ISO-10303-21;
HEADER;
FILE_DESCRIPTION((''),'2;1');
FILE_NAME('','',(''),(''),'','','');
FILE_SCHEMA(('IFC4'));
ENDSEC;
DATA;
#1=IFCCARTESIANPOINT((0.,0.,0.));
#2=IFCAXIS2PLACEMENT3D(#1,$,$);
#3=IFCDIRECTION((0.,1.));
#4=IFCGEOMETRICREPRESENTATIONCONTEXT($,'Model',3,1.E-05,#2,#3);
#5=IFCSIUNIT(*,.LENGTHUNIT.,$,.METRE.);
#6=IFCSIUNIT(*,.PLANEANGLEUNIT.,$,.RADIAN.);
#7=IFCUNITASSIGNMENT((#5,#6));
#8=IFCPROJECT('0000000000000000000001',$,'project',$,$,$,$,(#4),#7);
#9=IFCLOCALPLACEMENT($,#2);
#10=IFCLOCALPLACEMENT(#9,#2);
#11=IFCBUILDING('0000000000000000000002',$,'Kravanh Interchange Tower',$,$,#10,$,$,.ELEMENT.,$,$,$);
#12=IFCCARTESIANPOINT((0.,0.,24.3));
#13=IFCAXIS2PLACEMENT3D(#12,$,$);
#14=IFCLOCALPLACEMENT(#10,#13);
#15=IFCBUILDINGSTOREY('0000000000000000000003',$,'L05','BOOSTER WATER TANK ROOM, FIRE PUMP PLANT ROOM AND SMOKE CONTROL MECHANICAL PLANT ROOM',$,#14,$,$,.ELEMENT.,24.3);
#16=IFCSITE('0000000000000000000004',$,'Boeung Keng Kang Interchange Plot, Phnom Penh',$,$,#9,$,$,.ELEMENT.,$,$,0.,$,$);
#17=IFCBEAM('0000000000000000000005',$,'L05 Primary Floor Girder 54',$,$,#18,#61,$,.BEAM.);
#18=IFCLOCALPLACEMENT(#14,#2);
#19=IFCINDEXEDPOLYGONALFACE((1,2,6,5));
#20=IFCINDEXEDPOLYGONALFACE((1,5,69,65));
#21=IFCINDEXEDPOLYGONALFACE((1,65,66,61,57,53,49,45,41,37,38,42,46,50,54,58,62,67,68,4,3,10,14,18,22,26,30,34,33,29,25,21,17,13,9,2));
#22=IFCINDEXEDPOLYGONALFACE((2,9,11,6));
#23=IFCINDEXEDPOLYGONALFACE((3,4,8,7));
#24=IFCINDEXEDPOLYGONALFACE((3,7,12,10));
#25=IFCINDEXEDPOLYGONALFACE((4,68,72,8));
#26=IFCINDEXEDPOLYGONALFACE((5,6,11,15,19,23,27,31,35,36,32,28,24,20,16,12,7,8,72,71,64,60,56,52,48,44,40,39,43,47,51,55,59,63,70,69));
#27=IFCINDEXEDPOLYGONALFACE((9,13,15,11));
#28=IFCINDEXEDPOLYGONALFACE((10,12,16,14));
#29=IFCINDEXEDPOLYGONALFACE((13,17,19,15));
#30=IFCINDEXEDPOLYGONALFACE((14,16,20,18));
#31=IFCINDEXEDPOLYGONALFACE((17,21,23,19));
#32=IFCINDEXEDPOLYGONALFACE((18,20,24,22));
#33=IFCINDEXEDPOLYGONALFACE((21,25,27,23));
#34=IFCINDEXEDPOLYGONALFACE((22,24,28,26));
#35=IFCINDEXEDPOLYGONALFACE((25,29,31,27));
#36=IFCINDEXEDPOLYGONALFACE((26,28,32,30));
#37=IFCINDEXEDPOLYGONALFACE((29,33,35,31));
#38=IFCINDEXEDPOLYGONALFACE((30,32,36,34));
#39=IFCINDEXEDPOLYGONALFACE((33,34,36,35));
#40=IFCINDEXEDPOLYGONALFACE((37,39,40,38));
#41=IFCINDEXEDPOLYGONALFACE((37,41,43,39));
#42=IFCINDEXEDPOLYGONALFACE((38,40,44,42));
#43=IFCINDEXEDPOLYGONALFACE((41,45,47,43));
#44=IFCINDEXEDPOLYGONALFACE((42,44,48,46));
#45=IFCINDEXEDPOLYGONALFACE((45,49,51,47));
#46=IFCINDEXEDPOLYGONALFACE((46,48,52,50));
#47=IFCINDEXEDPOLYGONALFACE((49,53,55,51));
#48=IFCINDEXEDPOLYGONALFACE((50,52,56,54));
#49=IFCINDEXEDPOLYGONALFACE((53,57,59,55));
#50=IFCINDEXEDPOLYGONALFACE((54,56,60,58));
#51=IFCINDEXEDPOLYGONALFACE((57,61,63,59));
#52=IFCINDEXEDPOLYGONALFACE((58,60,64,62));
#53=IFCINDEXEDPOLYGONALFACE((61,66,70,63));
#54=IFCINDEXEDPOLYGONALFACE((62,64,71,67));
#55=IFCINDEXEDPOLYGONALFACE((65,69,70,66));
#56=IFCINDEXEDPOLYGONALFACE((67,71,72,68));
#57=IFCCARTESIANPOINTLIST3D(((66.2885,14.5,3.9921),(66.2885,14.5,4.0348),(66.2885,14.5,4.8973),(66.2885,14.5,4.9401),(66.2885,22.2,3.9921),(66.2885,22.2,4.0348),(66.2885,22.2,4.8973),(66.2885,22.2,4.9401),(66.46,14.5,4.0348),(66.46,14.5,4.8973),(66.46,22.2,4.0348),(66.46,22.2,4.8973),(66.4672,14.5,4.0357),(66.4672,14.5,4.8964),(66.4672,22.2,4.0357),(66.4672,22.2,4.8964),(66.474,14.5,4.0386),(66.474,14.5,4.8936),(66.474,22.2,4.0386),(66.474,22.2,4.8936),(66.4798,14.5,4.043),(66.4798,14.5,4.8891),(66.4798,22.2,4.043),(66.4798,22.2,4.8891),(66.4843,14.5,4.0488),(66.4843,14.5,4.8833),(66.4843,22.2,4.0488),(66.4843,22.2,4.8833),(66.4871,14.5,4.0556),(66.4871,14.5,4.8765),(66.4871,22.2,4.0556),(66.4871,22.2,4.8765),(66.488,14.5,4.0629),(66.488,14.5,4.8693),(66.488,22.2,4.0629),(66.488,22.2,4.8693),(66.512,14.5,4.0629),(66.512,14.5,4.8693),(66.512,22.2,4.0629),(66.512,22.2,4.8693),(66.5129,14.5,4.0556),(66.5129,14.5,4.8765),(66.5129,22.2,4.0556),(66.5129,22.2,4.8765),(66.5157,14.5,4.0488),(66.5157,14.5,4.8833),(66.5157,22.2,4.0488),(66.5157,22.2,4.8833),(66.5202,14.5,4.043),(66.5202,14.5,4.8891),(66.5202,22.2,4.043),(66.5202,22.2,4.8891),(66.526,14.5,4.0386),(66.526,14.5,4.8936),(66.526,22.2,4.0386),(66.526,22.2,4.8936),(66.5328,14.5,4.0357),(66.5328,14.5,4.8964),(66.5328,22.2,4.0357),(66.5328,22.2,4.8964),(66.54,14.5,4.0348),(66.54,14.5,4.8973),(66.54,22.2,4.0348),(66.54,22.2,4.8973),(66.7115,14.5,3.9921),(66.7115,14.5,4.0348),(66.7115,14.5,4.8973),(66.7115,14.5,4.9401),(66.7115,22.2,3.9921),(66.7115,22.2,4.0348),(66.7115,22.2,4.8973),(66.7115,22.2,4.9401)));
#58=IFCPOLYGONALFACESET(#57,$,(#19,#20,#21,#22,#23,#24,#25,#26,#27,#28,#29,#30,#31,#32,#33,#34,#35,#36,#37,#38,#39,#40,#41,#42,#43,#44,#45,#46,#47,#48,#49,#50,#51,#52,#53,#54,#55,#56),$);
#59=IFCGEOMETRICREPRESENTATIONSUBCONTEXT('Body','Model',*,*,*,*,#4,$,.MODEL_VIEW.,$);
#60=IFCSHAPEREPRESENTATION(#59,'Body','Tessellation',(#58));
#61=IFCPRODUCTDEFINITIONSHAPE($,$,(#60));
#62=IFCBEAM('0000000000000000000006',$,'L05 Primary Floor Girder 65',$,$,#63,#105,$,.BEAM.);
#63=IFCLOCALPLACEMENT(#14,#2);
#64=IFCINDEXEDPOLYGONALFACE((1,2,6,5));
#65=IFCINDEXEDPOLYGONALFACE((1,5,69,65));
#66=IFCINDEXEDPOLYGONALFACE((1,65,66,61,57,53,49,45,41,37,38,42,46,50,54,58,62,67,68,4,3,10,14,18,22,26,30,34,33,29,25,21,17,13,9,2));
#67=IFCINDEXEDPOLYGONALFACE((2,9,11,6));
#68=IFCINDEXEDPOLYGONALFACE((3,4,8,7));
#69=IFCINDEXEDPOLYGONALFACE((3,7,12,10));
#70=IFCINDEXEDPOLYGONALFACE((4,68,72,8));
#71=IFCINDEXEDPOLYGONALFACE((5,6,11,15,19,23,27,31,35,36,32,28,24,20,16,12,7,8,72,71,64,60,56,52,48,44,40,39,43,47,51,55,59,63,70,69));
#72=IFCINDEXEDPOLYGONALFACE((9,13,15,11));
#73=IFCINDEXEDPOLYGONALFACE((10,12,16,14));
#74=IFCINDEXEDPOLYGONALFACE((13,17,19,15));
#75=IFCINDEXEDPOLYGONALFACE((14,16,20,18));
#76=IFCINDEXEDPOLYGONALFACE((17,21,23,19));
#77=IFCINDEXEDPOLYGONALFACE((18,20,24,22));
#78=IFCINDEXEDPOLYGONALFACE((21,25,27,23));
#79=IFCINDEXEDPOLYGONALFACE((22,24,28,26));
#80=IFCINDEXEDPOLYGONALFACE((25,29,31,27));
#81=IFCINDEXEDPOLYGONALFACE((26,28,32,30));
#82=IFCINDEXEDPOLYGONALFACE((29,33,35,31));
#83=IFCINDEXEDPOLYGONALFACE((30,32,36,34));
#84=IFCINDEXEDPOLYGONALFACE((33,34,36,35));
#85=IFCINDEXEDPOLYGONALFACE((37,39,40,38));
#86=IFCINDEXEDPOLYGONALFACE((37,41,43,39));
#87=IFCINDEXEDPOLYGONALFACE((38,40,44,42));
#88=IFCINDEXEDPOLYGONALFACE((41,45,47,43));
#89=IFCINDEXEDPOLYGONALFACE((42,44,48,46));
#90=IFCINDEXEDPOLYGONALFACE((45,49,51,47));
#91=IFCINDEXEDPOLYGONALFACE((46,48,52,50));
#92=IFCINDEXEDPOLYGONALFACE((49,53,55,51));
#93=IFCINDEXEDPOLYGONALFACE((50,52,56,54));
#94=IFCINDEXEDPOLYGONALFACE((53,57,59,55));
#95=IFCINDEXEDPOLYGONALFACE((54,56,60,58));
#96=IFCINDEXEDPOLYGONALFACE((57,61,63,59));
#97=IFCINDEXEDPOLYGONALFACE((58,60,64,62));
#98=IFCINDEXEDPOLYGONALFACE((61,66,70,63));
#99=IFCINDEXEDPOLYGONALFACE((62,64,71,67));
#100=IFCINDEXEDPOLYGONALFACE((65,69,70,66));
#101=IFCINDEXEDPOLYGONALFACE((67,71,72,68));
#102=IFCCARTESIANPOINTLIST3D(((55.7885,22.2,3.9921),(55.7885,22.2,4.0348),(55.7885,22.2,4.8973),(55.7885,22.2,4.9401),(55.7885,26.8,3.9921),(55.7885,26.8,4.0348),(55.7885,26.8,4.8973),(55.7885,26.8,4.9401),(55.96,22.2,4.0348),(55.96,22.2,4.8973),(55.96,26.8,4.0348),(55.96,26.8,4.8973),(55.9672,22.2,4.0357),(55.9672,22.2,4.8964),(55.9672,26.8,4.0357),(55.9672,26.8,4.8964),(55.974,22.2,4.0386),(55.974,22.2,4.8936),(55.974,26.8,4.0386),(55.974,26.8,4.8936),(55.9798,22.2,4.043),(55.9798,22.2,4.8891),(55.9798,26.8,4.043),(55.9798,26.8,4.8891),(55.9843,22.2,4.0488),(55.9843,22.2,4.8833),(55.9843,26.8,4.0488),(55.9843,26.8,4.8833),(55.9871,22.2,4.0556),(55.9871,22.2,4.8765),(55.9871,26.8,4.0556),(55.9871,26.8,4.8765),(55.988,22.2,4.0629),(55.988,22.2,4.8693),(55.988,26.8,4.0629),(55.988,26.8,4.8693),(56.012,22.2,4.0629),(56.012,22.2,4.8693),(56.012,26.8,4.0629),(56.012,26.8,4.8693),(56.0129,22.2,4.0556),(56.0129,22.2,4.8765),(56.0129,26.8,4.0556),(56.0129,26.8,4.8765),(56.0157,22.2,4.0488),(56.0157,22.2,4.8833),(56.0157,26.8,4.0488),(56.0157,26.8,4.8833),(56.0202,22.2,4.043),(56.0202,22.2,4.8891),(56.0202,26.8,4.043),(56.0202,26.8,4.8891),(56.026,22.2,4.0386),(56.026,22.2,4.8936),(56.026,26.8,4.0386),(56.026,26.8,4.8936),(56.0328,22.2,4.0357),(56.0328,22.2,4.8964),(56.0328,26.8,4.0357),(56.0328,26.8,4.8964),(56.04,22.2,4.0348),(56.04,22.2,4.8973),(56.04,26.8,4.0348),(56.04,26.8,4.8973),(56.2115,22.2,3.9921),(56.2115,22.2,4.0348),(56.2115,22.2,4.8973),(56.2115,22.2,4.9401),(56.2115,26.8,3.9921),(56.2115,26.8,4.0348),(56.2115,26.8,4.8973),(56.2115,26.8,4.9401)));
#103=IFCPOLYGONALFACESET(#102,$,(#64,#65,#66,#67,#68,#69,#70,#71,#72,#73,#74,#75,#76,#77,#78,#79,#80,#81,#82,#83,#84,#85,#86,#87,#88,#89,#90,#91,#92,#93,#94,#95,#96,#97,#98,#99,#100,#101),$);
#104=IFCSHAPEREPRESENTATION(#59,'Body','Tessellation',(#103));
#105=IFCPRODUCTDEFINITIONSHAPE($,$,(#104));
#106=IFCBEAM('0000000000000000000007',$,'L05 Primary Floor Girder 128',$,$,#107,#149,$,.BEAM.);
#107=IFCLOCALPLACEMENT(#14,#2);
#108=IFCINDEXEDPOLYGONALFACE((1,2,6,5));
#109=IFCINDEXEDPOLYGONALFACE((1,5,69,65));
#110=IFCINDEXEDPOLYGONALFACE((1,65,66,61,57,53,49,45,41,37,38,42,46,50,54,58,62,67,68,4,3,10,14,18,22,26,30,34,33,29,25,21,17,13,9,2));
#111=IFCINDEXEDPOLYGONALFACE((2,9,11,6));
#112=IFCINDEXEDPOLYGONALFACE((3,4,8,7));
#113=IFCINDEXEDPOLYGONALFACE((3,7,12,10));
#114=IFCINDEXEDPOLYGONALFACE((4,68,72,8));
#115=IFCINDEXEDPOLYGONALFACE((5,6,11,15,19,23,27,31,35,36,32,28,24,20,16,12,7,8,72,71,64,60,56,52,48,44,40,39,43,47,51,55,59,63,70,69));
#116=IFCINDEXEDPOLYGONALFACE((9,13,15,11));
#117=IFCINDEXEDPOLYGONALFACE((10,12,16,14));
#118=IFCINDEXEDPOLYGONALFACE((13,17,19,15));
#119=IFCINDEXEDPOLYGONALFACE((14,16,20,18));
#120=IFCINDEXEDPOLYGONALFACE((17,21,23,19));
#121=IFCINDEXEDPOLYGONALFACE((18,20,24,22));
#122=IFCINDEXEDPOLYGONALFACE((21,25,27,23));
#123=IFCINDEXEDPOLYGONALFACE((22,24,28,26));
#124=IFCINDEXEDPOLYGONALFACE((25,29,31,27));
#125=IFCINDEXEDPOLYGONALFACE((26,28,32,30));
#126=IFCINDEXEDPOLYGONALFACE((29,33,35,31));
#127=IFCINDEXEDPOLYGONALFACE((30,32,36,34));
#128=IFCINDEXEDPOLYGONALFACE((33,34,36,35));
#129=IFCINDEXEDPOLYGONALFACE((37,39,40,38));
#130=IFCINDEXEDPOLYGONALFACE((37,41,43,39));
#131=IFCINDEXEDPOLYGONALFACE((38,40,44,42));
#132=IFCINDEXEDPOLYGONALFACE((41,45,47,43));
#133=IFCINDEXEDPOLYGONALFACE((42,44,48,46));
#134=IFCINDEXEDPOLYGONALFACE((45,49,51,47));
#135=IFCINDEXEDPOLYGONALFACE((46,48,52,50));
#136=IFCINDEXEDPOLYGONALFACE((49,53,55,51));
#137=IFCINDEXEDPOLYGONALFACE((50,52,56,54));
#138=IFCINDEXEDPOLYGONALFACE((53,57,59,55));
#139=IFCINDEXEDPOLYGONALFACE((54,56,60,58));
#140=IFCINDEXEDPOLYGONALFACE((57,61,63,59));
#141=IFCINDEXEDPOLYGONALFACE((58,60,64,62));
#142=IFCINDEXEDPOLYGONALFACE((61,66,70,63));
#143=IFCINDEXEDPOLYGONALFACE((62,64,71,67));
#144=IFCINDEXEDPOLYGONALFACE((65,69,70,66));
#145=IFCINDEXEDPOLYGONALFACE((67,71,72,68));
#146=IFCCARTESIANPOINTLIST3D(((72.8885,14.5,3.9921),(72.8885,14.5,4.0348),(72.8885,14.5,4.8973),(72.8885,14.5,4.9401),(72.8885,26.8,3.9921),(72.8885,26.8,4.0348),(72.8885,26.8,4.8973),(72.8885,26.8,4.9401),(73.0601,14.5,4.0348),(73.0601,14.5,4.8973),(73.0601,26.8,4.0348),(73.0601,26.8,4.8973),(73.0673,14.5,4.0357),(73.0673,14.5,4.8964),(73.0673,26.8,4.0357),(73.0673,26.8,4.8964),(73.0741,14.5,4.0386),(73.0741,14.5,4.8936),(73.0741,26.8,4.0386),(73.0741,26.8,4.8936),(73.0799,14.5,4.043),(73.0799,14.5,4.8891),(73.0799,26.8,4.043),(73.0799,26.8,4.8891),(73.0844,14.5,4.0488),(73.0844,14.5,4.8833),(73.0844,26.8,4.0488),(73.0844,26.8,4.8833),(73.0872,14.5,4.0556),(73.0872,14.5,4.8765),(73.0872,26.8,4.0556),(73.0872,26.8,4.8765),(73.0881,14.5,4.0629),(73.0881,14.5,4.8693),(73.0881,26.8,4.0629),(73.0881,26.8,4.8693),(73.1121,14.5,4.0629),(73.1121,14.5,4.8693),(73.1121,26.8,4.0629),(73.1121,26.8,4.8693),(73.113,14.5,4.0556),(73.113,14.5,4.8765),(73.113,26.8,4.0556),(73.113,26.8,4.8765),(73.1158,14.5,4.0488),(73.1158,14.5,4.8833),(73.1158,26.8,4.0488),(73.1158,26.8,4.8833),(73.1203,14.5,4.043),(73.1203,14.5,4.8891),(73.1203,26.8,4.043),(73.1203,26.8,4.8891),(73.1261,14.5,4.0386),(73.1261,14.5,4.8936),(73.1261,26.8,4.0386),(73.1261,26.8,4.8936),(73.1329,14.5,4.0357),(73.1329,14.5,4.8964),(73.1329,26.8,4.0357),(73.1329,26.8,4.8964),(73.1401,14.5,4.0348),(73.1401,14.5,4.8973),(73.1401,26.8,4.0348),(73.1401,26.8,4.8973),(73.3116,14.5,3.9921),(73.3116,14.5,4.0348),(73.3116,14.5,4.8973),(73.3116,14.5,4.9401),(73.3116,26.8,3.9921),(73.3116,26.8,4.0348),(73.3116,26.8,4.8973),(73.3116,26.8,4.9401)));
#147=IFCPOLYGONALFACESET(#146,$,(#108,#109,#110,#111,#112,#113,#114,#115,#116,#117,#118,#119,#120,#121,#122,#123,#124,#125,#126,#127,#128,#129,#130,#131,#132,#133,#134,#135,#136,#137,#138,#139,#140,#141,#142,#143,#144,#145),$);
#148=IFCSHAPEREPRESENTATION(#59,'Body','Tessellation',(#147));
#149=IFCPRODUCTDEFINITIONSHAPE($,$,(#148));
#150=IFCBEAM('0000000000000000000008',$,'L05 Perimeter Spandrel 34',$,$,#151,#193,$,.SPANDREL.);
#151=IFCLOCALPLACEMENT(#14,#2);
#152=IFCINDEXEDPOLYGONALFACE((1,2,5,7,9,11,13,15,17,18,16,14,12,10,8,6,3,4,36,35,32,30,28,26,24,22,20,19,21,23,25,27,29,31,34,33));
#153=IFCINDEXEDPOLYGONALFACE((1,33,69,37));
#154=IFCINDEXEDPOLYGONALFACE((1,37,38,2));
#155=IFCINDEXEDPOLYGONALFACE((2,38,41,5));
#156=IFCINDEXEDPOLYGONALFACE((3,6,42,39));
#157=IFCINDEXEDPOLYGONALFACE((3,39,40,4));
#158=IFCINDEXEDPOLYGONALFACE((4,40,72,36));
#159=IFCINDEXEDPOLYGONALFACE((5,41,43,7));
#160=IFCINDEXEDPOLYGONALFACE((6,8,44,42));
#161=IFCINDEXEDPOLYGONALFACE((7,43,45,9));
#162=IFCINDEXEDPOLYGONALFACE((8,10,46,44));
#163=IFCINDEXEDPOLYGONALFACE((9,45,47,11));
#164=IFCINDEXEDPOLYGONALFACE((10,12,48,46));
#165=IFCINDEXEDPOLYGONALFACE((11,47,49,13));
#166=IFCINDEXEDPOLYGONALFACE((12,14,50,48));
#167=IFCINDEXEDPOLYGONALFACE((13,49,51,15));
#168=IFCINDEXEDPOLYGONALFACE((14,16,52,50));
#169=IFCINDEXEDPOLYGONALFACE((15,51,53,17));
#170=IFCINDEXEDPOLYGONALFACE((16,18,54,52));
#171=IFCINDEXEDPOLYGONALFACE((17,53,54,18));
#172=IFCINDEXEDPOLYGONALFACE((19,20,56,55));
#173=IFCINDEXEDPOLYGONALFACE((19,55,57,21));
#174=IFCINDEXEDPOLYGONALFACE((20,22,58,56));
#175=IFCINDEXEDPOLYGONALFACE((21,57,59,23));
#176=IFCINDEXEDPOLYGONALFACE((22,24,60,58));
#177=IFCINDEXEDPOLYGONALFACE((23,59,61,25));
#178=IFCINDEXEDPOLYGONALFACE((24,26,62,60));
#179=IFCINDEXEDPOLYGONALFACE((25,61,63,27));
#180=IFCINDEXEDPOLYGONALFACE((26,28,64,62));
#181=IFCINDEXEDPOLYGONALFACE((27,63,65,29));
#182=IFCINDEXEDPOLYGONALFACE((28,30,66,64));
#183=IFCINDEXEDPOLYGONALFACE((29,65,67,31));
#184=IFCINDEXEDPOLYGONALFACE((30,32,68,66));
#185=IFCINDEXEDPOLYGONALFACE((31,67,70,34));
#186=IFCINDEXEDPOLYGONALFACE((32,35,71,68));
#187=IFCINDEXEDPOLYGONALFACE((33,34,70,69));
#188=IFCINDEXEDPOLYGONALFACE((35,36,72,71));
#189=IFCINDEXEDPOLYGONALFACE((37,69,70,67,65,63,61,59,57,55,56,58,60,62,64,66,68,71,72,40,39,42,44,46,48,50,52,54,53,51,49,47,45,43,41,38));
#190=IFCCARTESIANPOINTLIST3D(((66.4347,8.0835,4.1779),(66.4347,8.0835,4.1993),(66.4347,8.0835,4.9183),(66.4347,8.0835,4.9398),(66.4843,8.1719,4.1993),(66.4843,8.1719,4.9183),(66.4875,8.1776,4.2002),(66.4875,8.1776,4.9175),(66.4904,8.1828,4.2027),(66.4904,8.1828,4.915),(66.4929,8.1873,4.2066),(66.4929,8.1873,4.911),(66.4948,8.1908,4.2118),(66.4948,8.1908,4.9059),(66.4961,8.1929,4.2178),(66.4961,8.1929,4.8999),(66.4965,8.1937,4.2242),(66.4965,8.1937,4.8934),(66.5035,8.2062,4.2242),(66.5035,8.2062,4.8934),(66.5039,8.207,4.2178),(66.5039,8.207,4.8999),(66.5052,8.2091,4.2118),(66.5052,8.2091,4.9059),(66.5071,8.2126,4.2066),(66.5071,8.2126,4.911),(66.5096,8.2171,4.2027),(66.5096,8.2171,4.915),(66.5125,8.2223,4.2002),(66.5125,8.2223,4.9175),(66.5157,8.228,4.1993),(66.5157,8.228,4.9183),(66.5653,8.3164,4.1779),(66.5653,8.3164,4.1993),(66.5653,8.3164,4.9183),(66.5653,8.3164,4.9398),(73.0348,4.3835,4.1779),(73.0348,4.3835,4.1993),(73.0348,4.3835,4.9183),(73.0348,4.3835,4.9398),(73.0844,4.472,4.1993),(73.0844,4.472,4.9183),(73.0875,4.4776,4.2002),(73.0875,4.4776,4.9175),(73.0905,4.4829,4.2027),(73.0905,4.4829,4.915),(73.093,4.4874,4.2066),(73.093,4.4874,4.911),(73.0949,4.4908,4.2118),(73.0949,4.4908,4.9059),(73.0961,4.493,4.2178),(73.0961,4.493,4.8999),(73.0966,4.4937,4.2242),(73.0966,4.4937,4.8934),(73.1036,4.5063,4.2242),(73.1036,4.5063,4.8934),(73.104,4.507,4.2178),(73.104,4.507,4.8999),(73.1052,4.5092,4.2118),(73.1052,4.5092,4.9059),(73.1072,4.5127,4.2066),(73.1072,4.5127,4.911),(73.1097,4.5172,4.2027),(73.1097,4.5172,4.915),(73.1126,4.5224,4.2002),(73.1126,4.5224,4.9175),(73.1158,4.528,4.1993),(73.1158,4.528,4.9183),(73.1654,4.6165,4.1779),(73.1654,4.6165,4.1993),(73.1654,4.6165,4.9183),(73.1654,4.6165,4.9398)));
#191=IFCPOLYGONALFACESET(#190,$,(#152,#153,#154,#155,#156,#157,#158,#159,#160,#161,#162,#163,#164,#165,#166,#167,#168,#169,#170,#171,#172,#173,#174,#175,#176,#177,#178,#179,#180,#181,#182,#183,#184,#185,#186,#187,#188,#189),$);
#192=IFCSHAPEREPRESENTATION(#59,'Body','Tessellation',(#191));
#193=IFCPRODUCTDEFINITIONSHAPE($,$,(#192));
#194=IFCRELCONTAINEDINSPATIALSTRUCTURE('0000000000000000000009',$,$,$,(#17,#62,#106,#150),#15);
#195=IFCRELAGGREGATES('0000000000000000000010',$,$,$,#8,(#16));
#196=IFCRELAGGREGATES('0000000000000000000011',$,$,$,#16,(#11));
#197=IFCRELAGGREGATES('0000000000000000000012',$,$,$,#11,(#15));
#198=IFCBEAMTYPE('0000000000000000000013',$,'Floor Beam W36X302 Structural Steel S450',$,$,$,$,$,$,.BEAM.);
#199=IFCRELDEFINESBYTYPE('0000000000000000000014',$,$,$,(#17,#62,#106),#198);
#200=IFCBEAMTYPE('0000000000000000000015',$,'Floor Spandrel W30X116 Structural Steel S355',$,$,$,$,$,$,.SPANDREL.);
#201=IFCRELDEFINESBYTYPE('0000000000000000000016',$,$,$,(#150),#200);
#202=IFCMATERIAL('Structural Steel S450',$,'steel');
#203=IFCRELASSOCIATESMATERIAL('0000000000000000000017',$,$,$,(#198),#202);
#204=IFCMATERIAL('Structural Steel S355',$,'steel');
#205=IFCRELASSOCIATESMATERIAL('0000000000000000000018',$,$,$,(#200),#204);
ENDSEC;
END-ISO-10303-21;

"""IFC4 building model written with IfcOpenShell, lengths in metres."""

from ifc_helpers import new_model, si_unit, direction, frame, origin, origin_2d, place, context, subcontext, project, spatial, i_section, extrude, material, material_profile, profile_set, type_object, element, save


model = new_model("IFC4")

# Units and contexts
model_context = context("Model", 3, precision=1e-05, world=origin(), true_north=direction((0.0, 1.0)))
body_context = subcontext(model_context, "Body", "Model", "MODEL_VIEW")
ifc_project = project(units=[si_unit("LENGTHUNIT", "METRE"), si_unit("PLANEANGLEUNIT", "RADIAN")], contexts=[model_context])

# Site, building, storey
site_placement = place(None, origin())
site = spatial("IfcSite", under=ifc_project, at=site_placement, Name="Boeung Keng Kang Interchange Plot, Phnom Penh", CompositionType="ELEMENT", RefElevation=0.0)
building_placement = place(site_placement, origin())
building = spatial("IfcBuilding", under=site, at=building_placement, Name="Kravanh Interchange Tower", CompositionType="ELEMENT")
storey_placement = place(building_placement, frame((0.0, 0.0, 24.3)))
storey = spatial("IfcBuildingStorey", under=building, at=storey_placement, Name="L05", Description="BOOSTER WATER TANK ROOM, FIRE PUMP PLANT ROOM AND SMOKE CONTROL MECHANICAL PLANT ROOM", CompositionType="ELEMENT", Elevation=24.3)

# Beams
ifc_material_1 = material(Name="Structural Steel S450", Category="steel")
ifc_material_profile_1 = material_profile(ifc_material_1, i_section(OverallWidth=0.4231, OverallDepth=0.948, WebThickness=0.0239, FlangeThickness=0.0427, FilletRadius=0.0281, at=origin_2d()), Name="W36X302")
ifc_profile_set_1 = profile_set([ifc_material_profile_1], Name="Structural Steel S450")
beam_type_1 = type_object("IfcBeamType", Name="Floor Beam W36X302 Structural Steel S450", PredefinedType="BEAM", material=ifc_profile_set_1)
beam_1_placement = place(storey_placement, frame((66.5, 14.5, 4.4661), z_axis=(0.0, 1.0, 0.0), x_axis=(-1.0, 0.0, 0.0)))
element("IfcBeam", 1, at=beam_1_placement, inside=storey, type_object=beam_type_1, Name="L05 Primary Floor Girder 54", PredefinedType="BEAM", context=body_context, shape_type="SweptSolid", body=[
    extrude(i_section(OverallWidth=0.4231, OverallDepth=0.948, WebThickness=0.0239, FlangeThickness=0.0427, FilletRadius=0.0281, at=origin_2d()), origin(), (0.0, 0.0, 1.0), 7.7),
])
beam_2_placement = place(storey_placement, frame((56.0, 22.2, 4.4661), z_axis=(0.0, 1.0, 0.0), x_axis=(-1.0, 0.0, 0.0)))
element("IfcBeam", 2, at=beam_2_placement, inside=storey, type_object=beam_type_1, Name="L05 Primary Floor Girder 65", PredefinedType="BEAM", context=body_context, shape_type="SweptSolid", body=[
    extrude(i_section(OverallWidth=0.4231, OverallDepth=0.948, WebThickness=0.0239, FlangeThickness=0.0427, FilletRadius=0.0281, at=origin_2d()), origin(), (0.0, 0.0, 1.0), 4.6001),
])
beam_3_placement = place(storey_placement, frame((73.1001, 14.5, 4.4661), z_axis=(0.0, 1.0, 0.0), x_axis=(-1.0, 0.0, 0.0)))
element("IfcBeam", 3, at=beam_3_placement, inside=storey, type_object=beam_type_1, Name="L05 Primary Floor Girder 128", PredefinedType="BEAM", context=body_context, shape_type="SweptSolid", body=[
    extrude(i_section(OverallWidth=0.4231, OverallDepth=0.948, WebThickness=0.0239, FlangeThickness=0.0427, FilletRadius=0.0281, at=origin_2d()), origin(), (0.0, 0.0, 1.0), 12.3),
])
ifc_material_2 = material(Name="Structural Steel S355", Category="steel")
ifc_material_profile_2 = material_profile(ifc_material_2, i_section(OverallWidth=0.2671, OverallDepth=0.762, WebThickness=0.0144, FlangeThickness=0.0215, FilletRadius=0.0249, at=origin_2d()), Name="W30X116")
ifc_profile_set_2 = profile_set([ifc_material_profile_2], Name="Structural Steel S355")
beam_type_2 = type_object("IfcBeamType", Name="Floor Spandrel W30X116 Structural Steel S355", PredefinedType="SPANDREL", material=ifc_profile_set_2)
beam_4_placement = place(storey_placement, frame((66.5, 8.2, 4.5588), z_axis=(0.872286, -0.488995, 0.0), x_axis=(0.488995, 0.872286, 0.0)))
element("IfcBeam", 4, at=beam_4_placement, inside=storey, type_object=beam_type_2, Name="L05 Perimeter Spandrel 34", PredefinedType="SPANDREL", context=body_context, shape_type="SweptSolid", body=[
    extrude(i_section(OverallWidth=0.2671, OverallDepth=0.762, WebThickness=0.0144, FlangeThickness=0.0215, FilletRadius=0.0249, at=origin_2d()), origin(), (0.0, 0.0, 1.0), 7.5664),
])

save(model, "model.ifc")
